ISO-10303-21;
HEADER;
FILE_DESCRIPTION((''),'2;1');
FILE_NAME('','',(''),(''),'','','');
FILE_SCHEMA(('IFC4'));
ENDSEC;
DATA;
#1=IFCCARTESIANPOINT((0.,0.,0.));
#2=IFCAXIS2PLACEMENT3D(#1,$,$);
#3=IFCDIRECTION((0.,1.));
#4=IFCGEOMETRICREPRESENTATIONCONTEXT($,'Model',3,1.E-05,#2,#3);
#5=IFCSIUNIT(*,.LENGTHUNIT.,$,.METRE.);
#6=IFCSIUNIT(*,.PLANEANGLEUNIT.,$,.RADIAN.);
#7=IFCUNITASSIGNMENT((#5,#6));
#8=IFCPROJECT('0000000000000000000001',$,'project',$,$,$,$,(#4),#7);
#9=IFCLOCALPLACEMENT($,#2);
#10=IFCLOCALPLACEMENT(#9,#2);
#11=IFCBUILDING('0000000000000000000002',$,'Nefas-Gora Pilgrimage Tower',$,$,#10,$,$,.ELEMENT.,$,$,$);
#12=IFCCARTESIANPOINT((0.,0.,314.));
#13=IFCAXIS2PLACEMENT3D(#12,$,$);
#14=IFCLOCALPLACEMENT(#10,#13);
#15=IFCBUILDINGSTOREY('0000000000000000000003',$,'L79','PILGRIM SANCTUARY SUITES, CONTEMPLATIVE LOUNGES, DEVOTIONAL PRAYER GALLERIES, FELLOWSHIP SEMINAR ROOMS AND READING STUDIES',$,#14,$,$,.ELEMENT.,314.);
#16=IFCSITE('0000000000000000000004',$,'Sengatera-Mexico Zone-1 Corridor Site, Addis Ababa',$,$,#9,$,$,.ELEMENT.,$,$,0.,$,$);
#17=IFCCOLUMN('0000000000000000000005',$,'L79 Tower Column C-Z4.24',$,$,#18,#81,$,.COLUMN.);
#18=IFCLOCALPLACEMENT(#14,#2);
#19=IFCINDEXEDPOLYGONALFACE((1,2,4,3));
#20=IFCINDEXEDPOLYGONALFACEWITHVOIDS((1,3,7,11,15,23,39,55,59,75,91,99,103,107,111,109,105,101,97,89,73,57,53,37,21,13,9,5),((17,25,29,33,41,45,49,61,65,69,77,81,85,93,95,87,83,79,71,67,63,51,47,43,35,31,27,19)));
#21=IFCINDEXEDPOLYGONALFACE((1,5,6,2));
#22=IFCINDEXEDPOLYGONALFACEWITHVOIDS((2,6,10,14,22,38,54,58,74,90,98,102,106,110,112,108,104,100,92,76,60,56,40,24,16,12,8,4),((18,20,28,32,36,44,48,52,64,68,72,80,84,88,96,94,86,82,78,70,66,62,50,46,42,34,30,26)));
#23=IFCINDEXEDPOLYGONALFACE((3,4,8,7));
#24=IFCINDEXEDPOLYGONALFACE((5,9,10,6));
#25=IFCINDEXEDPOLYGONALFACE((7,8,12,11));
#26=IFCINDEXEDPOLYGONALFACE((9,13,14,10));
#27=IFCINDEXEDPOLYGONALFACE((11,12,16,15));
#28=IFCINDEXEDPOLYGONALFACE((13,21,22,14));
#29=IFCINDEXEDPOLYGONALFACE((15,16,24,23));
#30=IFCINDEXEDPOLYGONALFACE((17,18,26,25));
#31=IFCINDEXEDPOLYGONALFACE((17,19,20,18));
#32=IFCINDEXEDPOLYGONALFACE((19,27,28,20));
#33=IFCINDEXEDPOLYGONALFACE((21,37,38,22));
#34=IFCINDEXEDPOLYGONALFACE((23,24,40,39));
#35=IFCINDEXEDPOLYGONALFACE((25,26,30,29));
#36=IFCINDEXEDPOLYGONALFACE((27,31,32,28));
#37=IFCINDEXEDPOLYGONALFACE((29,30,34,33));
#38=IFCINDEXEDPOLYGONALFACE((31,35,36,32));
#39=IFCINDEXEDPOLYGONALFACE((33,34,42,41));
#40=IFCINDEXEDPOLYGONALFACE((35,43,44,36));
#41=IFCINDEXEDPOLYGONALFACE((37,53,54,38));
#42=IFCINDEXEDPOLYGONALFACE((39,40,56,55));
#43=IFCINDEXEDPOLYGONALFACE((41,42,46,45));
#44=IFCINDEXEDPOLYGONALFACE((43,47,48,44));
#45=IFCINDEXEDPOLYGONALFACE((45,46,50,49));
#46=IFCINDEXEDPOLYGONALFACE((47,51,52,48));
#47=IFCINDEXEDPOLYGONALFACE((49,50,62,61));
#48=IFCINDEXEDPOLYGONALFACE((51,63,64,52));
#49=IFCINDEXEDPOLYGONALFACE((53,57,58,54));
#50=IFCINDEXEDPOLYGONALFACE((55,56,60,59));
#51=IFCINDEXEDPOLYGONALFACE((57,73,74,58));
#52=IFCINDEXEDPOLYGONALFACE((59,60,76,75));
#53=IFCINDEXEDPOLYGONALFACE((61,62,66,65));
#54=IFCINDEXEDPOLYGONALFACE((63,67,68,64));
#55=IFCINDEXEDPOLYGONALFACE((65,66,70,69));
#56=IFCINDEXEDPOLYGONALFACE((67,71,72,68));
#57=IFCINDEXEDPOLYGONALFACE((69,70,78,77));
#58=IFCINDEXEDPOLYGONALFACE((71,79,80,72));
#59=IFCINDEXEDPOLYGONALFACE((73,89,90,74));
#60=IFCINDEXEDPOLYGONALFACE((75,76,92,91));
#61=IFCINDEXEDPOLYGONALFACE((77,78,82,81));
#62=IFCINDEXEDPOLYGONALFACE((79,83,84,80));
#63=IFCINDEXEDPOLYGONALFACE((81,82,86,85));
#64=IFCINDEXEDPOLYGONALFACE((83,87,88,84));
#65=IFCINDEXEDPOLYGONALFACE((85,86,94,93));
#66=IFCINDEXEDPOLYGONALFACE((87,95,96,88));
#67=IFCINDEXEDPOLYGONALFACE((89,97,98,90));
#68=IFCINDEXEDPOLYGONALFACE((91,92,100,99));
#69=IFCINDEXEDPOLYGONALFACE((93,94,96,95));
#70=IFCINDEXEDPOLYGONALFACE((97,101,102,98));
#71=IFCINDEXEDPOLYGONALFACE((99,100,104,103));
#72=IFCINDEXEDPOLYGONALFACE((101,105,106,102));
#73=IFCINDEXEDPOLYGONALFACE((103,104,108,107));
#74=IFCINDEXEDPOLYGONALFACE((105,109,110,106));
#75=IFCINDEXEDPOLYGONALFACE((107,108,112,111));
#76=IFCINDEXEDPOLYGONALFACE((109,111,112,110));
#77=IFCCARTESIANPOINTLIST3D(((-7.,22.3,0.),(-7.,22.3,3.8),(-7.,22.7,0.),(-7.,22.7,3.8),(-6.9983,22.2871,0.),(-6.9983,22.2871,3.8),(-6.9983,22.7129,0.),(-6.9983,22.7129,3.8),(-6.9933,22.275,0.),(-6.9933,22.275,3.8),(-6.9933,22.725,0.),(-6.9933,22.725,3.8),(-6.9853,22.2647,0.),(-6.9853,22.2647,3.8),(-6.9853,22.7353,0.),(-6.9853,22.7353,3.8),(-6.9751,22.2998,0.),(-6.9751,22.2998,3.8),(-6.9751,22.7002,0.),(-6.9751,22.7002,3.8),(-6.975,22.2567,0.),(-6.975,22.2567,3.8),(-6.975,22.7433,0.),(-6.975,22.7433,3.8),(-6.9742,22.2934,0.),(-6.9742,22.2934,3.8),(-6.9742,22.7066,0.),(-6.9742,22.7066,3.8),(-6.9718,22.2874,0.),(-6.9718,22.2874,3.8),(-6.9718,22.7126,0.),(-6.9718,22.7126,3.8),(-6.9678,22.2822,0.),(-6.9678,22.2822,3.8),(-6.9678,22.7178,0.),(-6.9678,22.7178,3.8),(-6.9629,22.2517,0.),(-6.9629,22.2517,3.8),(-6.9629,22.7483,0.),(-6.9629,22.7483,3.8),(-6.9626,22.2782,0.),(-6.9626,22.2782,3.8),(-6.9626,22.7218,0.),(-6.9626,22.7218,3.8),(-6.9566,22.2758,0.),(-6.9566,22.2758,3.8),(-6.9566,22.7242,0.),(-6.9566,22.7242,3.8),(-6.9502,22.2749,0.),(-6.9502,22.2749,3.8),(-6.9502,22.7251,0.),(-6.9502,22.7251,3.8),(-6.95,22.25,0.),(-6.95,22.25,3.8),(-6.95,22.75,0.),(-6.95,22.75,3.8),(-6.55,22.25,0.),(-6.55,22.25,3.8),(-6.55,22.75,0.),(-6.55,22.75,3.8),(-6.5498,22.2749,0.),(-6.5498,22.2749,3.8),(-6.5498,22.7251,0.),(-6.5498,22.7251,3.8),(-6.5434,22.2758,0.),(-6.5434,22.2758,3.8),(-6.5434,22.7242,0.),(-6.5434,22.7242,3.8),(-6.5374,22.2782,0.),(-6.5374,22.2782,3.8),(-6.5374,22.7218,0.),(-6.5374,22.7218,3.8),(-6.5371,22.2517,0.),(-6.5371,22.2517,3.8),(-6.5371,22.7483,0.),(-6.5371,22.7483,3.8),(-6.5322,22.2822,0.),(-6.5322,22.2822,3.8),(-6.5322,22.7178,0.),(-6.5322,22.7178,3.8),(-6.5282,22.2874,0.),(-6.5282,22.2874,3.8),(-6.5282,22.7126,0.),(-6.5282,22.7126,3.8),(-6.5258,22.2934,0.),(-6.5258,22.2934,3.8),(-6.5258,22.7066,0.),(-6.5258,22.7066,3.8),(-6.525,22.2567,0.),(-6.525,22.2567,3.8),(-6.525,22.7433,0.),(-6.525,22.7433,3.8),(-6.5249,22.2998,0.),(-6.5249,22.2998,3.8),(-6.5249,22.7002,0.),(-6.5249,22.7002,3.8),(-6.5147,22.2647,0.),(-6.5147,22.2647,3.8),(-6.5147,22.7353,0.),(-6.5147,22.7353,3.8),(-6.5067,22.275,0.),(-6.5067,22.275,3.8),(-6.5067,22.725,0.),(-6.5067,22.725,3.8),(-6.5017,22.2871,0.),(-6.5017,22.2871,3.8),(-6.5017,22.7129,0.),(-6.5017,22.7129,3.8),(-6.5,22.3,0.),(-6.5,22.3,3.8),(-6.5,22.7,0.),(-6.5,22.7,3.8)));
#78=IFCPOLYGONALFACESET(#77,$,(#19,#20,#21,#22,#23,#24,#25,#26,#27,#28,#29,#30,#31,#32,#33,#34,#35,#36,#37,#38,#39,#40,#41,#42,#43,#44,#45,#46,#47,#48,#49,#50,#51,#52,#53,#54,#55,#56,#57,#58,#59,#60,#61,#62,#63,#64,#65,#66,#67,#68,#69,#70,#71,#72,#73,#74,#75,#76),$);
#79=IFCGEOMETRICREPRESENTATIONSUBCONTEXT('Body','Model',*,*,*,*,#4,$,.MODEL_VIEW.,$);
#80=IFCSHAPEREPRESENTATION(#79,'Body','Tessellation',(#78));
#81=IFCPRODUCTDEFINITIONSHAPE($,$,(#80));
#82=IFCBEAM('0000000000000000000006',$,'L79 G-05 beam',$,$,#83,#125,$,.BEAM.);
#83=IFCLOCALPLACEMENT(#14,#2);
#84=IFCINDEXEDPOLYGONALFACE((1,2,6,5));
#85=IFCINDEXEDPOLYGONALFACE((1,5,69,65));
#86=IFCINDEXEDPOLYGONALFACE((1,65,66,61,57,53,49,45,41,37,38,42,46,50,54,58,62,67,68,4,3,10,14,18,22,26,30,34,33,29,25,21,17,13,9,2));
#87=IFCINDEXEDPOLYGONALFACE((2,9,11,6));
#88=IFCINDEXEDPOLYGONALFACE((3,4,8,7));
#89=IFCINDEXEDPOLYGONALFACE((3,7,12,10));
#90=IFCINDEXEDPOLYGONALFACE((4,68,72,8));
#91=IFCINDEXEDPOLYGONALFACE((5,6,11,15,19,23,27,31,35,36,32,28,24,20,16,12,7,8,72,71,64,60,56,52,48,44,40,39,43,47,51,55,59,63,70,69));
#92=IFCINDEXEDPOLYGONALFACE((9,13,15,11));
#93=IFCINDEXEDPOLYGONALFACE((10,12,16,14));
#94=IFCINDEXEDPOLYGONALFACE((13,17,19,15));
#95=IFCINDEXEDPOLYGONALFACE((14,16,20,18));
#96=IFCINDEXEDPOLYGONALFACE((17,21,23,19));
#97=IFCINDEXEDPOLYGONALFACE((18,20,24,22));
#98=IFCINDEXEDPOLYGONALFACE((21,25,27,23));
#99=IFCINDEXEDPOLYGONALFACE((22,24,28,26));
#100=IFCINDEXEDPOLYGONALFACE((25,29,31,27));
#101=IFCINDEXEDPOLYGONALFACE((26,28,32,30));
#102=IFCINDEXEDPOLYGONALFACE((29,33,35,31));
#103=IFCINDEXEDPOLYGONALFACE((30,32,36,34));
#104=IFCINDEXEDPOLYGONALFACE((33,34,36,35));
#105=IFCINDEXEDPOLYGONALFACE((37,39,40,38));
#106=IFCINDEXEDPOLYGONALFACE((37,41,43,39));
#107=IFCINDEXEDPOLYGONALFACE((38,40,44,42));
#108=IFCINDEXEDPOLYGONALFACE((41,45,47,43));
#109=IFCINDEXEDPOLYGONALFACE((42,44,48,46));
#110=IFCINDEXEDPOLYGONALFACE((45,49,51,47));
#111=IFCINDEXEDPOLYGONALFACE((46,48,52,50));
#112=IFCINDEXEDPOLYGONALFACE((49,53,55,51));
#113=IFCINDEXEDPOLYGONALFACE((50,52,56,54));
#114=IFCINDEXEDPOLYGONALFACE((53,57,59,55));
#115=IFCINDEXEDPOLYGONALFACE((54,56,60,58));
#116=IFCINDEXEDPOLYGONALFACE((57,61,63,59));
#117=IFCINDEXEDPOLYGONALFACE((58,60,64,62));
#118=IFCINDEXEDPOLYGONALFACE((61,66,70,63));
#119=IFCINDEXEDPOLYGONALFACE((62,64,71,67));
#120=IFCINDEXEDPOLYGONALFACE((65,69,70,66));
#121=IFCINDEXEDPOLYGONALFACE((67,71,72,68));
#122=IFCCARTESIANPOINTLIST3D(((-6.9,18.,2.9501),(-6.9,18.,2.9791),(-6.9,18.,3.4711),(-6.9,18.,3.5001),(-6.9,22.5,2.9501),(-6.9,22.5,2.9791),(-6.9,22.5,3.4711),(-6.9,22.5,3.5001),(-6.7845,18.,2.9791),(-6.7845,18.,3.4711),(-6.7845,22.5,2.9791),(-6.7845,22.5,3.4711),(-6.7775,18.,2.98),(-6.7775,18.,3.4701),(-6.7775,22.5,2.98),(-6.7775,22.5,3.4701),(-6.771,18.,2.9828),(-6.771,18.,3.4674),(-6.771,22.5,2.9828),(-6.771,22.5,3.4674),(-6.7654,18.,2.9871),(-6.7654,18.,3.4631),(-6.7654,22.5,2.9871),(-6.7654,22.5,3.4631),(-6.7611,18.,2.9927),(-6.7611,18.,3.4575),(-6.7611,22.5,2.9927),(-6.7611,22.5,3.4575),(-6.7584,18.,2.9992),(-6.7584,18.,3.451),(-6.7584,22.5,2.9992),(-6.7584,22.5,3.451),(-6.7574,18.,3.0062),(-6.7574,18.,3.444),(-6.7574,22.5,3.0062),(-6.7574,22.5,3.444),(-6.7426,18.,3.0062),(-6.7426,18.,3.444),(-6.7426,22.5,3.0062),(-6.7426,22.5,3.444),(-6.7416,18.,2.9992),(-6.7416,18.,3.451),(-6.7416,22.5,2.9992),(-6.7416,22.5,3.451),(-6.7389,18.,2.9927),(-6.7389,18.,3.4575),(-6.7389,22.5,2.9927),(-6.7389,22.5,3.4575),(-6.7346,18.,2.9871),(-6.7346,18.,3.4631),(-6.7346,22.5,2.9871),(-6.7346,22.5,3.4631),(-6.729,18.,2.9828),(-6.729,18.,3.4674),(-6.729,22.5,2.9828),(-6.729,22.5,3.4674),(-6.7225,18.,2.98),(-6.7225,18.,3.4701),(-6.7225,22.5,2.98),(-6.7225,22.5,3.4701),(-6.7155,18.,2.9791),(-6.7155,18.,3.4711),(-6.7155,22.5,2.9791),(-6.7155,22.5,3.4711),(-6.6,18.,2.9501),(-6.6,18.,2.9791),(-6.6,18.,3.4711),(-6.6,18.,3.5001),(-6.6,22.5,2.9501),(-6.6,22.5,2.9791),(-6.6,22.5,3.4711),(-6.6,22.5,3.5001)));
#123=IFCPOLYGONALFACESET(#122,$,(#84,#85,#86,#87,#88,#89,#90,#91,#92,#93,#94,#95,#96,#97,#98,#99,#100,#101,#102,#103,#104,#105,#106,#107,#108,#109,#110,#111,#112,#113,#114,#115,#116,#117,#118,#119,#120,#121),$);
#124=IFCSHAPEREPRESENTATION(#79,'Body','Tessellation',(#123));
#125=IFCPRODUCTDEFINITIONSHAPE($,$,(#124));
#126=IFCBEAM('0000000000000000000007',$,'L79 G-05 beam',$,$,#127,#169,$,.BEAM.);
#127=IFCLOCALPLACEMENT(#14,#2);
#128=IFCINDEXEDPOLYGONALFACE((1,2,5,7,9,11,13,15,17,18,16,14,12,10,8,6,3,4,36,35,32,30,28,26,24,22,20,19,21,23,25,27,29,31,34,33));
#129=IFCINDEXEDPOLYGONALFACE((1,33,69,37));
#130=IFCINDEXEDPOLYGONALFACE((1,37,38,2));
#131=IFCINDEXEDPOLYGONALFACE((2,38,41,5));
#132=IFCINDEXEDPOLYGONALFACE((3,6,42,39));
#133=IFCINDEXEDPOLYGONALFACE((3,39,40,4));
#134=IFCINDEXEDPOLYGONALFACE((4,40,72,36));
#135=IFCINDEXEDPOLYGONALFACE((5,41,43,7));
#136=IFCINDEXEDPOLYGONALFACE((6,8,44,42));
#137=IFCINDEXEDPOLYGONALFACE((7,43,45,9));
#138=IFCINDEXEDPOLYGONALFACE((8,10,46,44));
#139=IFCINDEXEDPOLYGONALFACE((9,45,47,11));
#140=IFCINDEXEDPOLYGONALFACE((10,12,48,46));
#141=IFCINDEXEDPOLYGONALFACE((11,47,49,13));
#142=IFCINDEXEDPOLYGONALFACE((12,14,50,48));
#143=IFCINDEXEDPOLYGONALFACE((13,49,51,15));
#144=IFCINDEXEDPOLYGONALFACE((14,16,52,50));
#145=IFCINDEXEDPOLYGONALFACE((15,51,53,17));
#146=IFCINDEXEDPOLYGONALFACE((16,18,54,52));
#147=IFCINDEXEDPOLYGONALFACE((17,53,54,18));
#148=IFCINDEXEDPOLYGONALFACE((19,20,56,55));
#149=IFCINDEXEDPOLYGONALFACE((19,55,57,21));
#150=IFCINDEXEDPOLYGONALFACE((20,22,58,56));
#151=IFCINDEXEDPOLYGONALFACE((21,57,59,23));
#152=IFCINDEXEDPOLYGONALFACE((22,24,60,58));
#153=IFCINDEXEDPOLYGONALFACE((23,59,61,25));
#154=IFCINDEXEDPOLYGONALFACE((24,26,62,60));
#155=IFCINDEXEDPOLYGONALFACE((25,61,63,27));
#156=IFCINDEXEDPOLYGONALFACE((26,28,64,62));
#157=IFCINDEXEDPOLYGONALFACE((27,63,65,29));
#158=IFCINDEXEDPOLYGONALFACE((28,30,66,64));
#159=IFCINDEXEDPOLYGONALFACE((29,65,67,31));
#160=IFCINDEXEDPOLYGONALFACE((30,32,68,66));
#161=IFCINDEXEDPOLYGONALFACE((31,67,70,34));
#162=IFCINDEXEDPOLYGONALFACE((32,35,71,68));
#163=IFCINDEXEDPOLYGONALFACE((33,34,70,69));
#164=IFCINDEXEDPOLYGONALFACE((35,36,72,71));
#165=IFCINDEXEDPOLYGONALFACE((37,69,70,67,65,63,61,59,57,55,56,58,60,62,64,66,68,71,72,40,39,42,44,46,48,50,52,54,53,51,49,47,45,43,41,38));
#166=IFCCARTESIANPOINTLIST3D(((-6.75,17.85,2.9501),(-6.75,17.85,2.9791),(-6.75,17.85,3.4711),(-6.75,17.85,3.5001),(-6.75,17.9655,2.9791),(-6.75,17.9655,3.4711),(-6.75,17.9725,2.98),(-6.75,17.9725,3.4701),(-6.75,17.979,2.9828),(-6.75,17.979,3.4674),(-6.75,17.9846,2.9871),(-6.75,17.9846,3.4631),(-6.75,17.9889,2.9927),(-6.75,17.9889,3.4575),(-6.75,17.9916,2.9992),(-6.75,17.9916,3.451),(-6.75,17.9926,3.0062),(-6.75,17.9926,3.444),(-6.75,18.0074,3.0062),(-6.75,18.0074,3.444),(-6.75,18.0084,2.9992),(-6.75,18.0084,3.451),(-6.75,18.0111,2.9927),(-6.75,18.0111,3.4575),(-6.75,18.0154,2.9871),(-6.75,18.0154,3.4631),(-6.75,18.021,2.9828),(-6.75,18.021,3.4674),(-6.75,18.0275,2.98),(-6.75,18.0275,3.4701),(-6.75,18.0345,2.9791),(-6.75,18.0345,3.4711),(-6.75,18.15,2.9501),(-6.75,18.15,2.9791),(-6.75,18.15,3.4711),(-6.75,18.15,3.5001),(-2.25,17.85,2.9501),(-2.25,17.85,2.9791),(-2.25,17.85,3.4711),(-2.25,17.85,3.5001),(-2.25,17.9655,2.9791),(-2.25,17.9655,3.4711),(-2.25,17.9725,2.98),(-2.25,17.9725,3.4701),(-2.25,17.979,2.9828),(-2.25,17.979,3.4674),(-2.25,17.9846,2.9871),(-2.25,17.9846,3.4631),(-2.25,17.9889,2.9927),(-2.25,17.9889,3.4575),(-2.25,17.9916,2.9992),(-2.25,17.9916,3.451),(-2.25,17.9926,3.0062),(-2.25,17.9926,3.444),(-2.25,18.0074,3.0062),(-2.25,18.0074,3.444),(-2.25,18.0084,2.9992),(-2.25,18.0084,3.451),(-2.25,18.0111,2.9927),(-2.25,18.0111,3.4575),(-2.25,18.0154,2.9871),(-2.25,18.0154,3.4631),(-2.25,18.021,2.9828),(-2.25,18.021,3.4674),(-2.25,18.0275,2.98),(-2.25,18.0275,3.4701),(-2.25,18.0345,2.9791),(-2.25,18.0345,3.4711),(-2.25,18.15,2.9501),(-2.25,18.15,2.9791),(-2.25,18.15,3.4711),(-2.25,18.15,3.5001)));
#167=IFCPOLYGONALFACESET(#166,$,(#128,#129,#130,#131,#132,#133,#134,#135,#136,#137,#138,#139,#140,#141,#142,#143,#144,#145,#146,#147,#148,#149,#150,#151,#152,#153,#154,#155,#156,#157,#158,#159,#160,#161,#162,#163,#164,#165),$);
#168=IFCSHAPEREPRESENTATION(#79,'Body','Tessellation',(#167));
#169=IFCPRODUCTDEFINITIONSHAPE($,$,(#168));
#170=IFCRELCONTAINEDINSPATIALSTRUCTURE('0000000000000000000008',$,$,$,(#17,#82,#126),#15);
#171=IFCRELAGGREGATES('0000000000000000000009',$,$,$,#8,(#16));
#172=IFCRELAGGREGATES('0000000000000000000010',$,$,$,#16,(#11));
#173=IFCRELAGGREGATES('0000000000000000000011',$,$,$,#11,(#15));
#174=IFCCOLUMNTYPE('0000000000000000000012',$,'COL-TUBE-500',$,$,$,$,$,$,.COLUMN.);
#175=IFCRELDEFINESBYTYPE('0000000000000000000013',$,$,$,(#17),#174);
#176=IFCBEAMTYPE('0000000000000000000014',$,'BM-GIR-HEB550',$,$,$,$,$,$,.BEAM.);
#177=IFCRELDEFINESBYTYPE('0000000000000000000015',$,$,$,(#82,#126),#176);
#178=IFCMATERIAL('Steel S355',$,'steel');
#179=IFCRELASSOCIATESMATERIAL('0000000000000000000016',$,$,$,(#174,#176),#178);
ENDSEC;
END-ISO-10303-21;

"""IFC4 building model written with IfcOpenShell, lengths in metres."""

from ifc_helpers import new_model, si_unit, direction, frame, origin, origin_2d, place, context, subcontext, project, spatial, hollow_rectangle, i_section, extrude, source, transform, mapped, material, material_profile, profile_set, type_object, element, save


model = new_model("IFC4")

# Units and contexts
model_context = context("Model", 3, precision=1e-05, world=origin(), true_north=direction((0.0, 1.0)))
body_context = subcontext(model_context, "Body", "Model", "MODEL_VIEW")
ifc_project = project(units=[si_unit("LENGTHUNIT", "METRE"), si_unit("PLANEANGLEUNIT", "RADIAN")], contexts=[model_context])

# Site, building, storey
site_placement = place(None, origin())
site = spatial("IfcSite", under=ifc_project, at=site_placement, Name="Sengatera-Mexico Zone-1 Corridor Site, Addis Ababa", CompositionType="ELEMENT", RefElevation=0.0)
building_placement = place(site_placement, origin())
building = spatial("IfcBuilding", under=site, at=building_placement, Name="Nefas-Gora Pilgrimage Tower", CompositionType="ELEMENT")
storey_placement = place(building_placement, frame((0.0, 0.0, 314.0)))
storey = spatial("IfcBuildingStorey", under=building, at=storey_placement, Name="L79", Description="PILGRIM SANCTUARY SUITES, CONTEMPLATIVE LOUNGES, DEVOTIONAL PRAYER GALLERIES, FELLOWSHIP SEMINAR ROOMS AND READING STUDIES", CompositionType="ELEMENT", Elevation=314.0)

# Column
ifc_material_1 = material(Name="Steel S355", Category="steel")
ifc_material_profile_1 = material_profile(ifc_material_1, hollow_rectangle(XDim=0.5, YDim=0.5, WallThickness=0.0249, InnerFilletRadius=0.0249, OuterFilletRadius=0.05, at=origin_2d()), Name="SHS 500x500x25")
ifc_profile_set_1 = profile_set([ifc_material_profile_1], Name="Steel S355")
column_type_1 = type_object("IfcColumnType", Name="COL-TUBE-500", PredefinedType="COLUMN", material=ifc_profile_set_1)
shared_shape_1 = source(origin(), body_context, "Body", "SweptSolid", [
    extrude(hollow_rectangle(XDim=0.5, YDim=0.5, WallThickness=0.0249, InnerFilletRadius=0.0249, OuterFilletRadius=0.05, at=origin_2d()), origin(), (0.0, 0.0, 1.0), 3.8),
])
column_placement = place(storey_placement, frame((-6.75, 22.5, 0.0), z_axis=(0.0, 0.0, 1.0), x_axis=(1.0, 0.0, 0.0)))
element("IfcColumn", 1, at=column_placement, inside=storey, type_object=column_type_1, Name="L79 Tower Column C-Z4.24", PredefinedType="COLUMN", context=body_context, shape_type="MappedRepresentation", body=[
    mapped(shared_shape_1, transform((0.0, 0.0, 0.0), x_axis=(1.0, 0.0, 0.0), y_axis=(0.0, 1.0, 0.0), z_axis=(0.0, 0.0, 1.0), scale=1.0)),
])

# Beams
ifc_material_profile_2 = material_profile(ifc_material_1, i_section(OverallWidth=0.3, OverallDepth=0.55, WebThickness=0.0149, FlangeThickness=0.0291, FilletRadius=0.0271, at=origin_2d()), Name="HEB 550")
ifc_profile_set_2 = profile_set([ifc_material_profile_2], Name="Steel S355")
beam_type = type_object("IfcBeamType", Name="BM-GIR-HEB550", PredefinedType="BEAM", material=ifc_profile_set_2)
shared_shape_2 = source(origin(), body_context, "Body", "SweptSolid", [
    extrude(i_section(OverallWidth=0.3, OverallDepth=0.55, WebThickness=0.0149, FlangeThickness=0.0291, FilletRadius=0.0271, at=origin_2d()), origin(), (0.0, 0.0, 1.0), 4.5),
])
for number, where, z_axis, x_axis, name in (
    (2, (-6.75, 18.0, 3.2251), (0.0, 1.0, 0.0), (-1.0, 0.0, 0.0), "L79 G-05 beam"),
    (3, (-6.75, 18.0, 3.2251), (1.0, 0.0, 0.0), (0.0, 1.0, 0.0), "L79 G-05 beam"),
):
    element("IfcBeam", number, at=place(storey_placement, frame(where, z_axis=z_axis, x_axis=x_axis)), inside=storey, type_object=beam_type, Name=name, PredefinedType="BEAM", context=body_context, shape_type="MappedRepresentation", body=[
        mapped(shared_shape_2, transform((0.0, 0.0, 0.0), x_axis=(1.0, 0.0, 0.0), y_axis=(0.0, 1.0, 0.0), z_axis=(0.0, 0.0, 1.0), scale=1.0)),
    ])

save(model, "model.ifc")
